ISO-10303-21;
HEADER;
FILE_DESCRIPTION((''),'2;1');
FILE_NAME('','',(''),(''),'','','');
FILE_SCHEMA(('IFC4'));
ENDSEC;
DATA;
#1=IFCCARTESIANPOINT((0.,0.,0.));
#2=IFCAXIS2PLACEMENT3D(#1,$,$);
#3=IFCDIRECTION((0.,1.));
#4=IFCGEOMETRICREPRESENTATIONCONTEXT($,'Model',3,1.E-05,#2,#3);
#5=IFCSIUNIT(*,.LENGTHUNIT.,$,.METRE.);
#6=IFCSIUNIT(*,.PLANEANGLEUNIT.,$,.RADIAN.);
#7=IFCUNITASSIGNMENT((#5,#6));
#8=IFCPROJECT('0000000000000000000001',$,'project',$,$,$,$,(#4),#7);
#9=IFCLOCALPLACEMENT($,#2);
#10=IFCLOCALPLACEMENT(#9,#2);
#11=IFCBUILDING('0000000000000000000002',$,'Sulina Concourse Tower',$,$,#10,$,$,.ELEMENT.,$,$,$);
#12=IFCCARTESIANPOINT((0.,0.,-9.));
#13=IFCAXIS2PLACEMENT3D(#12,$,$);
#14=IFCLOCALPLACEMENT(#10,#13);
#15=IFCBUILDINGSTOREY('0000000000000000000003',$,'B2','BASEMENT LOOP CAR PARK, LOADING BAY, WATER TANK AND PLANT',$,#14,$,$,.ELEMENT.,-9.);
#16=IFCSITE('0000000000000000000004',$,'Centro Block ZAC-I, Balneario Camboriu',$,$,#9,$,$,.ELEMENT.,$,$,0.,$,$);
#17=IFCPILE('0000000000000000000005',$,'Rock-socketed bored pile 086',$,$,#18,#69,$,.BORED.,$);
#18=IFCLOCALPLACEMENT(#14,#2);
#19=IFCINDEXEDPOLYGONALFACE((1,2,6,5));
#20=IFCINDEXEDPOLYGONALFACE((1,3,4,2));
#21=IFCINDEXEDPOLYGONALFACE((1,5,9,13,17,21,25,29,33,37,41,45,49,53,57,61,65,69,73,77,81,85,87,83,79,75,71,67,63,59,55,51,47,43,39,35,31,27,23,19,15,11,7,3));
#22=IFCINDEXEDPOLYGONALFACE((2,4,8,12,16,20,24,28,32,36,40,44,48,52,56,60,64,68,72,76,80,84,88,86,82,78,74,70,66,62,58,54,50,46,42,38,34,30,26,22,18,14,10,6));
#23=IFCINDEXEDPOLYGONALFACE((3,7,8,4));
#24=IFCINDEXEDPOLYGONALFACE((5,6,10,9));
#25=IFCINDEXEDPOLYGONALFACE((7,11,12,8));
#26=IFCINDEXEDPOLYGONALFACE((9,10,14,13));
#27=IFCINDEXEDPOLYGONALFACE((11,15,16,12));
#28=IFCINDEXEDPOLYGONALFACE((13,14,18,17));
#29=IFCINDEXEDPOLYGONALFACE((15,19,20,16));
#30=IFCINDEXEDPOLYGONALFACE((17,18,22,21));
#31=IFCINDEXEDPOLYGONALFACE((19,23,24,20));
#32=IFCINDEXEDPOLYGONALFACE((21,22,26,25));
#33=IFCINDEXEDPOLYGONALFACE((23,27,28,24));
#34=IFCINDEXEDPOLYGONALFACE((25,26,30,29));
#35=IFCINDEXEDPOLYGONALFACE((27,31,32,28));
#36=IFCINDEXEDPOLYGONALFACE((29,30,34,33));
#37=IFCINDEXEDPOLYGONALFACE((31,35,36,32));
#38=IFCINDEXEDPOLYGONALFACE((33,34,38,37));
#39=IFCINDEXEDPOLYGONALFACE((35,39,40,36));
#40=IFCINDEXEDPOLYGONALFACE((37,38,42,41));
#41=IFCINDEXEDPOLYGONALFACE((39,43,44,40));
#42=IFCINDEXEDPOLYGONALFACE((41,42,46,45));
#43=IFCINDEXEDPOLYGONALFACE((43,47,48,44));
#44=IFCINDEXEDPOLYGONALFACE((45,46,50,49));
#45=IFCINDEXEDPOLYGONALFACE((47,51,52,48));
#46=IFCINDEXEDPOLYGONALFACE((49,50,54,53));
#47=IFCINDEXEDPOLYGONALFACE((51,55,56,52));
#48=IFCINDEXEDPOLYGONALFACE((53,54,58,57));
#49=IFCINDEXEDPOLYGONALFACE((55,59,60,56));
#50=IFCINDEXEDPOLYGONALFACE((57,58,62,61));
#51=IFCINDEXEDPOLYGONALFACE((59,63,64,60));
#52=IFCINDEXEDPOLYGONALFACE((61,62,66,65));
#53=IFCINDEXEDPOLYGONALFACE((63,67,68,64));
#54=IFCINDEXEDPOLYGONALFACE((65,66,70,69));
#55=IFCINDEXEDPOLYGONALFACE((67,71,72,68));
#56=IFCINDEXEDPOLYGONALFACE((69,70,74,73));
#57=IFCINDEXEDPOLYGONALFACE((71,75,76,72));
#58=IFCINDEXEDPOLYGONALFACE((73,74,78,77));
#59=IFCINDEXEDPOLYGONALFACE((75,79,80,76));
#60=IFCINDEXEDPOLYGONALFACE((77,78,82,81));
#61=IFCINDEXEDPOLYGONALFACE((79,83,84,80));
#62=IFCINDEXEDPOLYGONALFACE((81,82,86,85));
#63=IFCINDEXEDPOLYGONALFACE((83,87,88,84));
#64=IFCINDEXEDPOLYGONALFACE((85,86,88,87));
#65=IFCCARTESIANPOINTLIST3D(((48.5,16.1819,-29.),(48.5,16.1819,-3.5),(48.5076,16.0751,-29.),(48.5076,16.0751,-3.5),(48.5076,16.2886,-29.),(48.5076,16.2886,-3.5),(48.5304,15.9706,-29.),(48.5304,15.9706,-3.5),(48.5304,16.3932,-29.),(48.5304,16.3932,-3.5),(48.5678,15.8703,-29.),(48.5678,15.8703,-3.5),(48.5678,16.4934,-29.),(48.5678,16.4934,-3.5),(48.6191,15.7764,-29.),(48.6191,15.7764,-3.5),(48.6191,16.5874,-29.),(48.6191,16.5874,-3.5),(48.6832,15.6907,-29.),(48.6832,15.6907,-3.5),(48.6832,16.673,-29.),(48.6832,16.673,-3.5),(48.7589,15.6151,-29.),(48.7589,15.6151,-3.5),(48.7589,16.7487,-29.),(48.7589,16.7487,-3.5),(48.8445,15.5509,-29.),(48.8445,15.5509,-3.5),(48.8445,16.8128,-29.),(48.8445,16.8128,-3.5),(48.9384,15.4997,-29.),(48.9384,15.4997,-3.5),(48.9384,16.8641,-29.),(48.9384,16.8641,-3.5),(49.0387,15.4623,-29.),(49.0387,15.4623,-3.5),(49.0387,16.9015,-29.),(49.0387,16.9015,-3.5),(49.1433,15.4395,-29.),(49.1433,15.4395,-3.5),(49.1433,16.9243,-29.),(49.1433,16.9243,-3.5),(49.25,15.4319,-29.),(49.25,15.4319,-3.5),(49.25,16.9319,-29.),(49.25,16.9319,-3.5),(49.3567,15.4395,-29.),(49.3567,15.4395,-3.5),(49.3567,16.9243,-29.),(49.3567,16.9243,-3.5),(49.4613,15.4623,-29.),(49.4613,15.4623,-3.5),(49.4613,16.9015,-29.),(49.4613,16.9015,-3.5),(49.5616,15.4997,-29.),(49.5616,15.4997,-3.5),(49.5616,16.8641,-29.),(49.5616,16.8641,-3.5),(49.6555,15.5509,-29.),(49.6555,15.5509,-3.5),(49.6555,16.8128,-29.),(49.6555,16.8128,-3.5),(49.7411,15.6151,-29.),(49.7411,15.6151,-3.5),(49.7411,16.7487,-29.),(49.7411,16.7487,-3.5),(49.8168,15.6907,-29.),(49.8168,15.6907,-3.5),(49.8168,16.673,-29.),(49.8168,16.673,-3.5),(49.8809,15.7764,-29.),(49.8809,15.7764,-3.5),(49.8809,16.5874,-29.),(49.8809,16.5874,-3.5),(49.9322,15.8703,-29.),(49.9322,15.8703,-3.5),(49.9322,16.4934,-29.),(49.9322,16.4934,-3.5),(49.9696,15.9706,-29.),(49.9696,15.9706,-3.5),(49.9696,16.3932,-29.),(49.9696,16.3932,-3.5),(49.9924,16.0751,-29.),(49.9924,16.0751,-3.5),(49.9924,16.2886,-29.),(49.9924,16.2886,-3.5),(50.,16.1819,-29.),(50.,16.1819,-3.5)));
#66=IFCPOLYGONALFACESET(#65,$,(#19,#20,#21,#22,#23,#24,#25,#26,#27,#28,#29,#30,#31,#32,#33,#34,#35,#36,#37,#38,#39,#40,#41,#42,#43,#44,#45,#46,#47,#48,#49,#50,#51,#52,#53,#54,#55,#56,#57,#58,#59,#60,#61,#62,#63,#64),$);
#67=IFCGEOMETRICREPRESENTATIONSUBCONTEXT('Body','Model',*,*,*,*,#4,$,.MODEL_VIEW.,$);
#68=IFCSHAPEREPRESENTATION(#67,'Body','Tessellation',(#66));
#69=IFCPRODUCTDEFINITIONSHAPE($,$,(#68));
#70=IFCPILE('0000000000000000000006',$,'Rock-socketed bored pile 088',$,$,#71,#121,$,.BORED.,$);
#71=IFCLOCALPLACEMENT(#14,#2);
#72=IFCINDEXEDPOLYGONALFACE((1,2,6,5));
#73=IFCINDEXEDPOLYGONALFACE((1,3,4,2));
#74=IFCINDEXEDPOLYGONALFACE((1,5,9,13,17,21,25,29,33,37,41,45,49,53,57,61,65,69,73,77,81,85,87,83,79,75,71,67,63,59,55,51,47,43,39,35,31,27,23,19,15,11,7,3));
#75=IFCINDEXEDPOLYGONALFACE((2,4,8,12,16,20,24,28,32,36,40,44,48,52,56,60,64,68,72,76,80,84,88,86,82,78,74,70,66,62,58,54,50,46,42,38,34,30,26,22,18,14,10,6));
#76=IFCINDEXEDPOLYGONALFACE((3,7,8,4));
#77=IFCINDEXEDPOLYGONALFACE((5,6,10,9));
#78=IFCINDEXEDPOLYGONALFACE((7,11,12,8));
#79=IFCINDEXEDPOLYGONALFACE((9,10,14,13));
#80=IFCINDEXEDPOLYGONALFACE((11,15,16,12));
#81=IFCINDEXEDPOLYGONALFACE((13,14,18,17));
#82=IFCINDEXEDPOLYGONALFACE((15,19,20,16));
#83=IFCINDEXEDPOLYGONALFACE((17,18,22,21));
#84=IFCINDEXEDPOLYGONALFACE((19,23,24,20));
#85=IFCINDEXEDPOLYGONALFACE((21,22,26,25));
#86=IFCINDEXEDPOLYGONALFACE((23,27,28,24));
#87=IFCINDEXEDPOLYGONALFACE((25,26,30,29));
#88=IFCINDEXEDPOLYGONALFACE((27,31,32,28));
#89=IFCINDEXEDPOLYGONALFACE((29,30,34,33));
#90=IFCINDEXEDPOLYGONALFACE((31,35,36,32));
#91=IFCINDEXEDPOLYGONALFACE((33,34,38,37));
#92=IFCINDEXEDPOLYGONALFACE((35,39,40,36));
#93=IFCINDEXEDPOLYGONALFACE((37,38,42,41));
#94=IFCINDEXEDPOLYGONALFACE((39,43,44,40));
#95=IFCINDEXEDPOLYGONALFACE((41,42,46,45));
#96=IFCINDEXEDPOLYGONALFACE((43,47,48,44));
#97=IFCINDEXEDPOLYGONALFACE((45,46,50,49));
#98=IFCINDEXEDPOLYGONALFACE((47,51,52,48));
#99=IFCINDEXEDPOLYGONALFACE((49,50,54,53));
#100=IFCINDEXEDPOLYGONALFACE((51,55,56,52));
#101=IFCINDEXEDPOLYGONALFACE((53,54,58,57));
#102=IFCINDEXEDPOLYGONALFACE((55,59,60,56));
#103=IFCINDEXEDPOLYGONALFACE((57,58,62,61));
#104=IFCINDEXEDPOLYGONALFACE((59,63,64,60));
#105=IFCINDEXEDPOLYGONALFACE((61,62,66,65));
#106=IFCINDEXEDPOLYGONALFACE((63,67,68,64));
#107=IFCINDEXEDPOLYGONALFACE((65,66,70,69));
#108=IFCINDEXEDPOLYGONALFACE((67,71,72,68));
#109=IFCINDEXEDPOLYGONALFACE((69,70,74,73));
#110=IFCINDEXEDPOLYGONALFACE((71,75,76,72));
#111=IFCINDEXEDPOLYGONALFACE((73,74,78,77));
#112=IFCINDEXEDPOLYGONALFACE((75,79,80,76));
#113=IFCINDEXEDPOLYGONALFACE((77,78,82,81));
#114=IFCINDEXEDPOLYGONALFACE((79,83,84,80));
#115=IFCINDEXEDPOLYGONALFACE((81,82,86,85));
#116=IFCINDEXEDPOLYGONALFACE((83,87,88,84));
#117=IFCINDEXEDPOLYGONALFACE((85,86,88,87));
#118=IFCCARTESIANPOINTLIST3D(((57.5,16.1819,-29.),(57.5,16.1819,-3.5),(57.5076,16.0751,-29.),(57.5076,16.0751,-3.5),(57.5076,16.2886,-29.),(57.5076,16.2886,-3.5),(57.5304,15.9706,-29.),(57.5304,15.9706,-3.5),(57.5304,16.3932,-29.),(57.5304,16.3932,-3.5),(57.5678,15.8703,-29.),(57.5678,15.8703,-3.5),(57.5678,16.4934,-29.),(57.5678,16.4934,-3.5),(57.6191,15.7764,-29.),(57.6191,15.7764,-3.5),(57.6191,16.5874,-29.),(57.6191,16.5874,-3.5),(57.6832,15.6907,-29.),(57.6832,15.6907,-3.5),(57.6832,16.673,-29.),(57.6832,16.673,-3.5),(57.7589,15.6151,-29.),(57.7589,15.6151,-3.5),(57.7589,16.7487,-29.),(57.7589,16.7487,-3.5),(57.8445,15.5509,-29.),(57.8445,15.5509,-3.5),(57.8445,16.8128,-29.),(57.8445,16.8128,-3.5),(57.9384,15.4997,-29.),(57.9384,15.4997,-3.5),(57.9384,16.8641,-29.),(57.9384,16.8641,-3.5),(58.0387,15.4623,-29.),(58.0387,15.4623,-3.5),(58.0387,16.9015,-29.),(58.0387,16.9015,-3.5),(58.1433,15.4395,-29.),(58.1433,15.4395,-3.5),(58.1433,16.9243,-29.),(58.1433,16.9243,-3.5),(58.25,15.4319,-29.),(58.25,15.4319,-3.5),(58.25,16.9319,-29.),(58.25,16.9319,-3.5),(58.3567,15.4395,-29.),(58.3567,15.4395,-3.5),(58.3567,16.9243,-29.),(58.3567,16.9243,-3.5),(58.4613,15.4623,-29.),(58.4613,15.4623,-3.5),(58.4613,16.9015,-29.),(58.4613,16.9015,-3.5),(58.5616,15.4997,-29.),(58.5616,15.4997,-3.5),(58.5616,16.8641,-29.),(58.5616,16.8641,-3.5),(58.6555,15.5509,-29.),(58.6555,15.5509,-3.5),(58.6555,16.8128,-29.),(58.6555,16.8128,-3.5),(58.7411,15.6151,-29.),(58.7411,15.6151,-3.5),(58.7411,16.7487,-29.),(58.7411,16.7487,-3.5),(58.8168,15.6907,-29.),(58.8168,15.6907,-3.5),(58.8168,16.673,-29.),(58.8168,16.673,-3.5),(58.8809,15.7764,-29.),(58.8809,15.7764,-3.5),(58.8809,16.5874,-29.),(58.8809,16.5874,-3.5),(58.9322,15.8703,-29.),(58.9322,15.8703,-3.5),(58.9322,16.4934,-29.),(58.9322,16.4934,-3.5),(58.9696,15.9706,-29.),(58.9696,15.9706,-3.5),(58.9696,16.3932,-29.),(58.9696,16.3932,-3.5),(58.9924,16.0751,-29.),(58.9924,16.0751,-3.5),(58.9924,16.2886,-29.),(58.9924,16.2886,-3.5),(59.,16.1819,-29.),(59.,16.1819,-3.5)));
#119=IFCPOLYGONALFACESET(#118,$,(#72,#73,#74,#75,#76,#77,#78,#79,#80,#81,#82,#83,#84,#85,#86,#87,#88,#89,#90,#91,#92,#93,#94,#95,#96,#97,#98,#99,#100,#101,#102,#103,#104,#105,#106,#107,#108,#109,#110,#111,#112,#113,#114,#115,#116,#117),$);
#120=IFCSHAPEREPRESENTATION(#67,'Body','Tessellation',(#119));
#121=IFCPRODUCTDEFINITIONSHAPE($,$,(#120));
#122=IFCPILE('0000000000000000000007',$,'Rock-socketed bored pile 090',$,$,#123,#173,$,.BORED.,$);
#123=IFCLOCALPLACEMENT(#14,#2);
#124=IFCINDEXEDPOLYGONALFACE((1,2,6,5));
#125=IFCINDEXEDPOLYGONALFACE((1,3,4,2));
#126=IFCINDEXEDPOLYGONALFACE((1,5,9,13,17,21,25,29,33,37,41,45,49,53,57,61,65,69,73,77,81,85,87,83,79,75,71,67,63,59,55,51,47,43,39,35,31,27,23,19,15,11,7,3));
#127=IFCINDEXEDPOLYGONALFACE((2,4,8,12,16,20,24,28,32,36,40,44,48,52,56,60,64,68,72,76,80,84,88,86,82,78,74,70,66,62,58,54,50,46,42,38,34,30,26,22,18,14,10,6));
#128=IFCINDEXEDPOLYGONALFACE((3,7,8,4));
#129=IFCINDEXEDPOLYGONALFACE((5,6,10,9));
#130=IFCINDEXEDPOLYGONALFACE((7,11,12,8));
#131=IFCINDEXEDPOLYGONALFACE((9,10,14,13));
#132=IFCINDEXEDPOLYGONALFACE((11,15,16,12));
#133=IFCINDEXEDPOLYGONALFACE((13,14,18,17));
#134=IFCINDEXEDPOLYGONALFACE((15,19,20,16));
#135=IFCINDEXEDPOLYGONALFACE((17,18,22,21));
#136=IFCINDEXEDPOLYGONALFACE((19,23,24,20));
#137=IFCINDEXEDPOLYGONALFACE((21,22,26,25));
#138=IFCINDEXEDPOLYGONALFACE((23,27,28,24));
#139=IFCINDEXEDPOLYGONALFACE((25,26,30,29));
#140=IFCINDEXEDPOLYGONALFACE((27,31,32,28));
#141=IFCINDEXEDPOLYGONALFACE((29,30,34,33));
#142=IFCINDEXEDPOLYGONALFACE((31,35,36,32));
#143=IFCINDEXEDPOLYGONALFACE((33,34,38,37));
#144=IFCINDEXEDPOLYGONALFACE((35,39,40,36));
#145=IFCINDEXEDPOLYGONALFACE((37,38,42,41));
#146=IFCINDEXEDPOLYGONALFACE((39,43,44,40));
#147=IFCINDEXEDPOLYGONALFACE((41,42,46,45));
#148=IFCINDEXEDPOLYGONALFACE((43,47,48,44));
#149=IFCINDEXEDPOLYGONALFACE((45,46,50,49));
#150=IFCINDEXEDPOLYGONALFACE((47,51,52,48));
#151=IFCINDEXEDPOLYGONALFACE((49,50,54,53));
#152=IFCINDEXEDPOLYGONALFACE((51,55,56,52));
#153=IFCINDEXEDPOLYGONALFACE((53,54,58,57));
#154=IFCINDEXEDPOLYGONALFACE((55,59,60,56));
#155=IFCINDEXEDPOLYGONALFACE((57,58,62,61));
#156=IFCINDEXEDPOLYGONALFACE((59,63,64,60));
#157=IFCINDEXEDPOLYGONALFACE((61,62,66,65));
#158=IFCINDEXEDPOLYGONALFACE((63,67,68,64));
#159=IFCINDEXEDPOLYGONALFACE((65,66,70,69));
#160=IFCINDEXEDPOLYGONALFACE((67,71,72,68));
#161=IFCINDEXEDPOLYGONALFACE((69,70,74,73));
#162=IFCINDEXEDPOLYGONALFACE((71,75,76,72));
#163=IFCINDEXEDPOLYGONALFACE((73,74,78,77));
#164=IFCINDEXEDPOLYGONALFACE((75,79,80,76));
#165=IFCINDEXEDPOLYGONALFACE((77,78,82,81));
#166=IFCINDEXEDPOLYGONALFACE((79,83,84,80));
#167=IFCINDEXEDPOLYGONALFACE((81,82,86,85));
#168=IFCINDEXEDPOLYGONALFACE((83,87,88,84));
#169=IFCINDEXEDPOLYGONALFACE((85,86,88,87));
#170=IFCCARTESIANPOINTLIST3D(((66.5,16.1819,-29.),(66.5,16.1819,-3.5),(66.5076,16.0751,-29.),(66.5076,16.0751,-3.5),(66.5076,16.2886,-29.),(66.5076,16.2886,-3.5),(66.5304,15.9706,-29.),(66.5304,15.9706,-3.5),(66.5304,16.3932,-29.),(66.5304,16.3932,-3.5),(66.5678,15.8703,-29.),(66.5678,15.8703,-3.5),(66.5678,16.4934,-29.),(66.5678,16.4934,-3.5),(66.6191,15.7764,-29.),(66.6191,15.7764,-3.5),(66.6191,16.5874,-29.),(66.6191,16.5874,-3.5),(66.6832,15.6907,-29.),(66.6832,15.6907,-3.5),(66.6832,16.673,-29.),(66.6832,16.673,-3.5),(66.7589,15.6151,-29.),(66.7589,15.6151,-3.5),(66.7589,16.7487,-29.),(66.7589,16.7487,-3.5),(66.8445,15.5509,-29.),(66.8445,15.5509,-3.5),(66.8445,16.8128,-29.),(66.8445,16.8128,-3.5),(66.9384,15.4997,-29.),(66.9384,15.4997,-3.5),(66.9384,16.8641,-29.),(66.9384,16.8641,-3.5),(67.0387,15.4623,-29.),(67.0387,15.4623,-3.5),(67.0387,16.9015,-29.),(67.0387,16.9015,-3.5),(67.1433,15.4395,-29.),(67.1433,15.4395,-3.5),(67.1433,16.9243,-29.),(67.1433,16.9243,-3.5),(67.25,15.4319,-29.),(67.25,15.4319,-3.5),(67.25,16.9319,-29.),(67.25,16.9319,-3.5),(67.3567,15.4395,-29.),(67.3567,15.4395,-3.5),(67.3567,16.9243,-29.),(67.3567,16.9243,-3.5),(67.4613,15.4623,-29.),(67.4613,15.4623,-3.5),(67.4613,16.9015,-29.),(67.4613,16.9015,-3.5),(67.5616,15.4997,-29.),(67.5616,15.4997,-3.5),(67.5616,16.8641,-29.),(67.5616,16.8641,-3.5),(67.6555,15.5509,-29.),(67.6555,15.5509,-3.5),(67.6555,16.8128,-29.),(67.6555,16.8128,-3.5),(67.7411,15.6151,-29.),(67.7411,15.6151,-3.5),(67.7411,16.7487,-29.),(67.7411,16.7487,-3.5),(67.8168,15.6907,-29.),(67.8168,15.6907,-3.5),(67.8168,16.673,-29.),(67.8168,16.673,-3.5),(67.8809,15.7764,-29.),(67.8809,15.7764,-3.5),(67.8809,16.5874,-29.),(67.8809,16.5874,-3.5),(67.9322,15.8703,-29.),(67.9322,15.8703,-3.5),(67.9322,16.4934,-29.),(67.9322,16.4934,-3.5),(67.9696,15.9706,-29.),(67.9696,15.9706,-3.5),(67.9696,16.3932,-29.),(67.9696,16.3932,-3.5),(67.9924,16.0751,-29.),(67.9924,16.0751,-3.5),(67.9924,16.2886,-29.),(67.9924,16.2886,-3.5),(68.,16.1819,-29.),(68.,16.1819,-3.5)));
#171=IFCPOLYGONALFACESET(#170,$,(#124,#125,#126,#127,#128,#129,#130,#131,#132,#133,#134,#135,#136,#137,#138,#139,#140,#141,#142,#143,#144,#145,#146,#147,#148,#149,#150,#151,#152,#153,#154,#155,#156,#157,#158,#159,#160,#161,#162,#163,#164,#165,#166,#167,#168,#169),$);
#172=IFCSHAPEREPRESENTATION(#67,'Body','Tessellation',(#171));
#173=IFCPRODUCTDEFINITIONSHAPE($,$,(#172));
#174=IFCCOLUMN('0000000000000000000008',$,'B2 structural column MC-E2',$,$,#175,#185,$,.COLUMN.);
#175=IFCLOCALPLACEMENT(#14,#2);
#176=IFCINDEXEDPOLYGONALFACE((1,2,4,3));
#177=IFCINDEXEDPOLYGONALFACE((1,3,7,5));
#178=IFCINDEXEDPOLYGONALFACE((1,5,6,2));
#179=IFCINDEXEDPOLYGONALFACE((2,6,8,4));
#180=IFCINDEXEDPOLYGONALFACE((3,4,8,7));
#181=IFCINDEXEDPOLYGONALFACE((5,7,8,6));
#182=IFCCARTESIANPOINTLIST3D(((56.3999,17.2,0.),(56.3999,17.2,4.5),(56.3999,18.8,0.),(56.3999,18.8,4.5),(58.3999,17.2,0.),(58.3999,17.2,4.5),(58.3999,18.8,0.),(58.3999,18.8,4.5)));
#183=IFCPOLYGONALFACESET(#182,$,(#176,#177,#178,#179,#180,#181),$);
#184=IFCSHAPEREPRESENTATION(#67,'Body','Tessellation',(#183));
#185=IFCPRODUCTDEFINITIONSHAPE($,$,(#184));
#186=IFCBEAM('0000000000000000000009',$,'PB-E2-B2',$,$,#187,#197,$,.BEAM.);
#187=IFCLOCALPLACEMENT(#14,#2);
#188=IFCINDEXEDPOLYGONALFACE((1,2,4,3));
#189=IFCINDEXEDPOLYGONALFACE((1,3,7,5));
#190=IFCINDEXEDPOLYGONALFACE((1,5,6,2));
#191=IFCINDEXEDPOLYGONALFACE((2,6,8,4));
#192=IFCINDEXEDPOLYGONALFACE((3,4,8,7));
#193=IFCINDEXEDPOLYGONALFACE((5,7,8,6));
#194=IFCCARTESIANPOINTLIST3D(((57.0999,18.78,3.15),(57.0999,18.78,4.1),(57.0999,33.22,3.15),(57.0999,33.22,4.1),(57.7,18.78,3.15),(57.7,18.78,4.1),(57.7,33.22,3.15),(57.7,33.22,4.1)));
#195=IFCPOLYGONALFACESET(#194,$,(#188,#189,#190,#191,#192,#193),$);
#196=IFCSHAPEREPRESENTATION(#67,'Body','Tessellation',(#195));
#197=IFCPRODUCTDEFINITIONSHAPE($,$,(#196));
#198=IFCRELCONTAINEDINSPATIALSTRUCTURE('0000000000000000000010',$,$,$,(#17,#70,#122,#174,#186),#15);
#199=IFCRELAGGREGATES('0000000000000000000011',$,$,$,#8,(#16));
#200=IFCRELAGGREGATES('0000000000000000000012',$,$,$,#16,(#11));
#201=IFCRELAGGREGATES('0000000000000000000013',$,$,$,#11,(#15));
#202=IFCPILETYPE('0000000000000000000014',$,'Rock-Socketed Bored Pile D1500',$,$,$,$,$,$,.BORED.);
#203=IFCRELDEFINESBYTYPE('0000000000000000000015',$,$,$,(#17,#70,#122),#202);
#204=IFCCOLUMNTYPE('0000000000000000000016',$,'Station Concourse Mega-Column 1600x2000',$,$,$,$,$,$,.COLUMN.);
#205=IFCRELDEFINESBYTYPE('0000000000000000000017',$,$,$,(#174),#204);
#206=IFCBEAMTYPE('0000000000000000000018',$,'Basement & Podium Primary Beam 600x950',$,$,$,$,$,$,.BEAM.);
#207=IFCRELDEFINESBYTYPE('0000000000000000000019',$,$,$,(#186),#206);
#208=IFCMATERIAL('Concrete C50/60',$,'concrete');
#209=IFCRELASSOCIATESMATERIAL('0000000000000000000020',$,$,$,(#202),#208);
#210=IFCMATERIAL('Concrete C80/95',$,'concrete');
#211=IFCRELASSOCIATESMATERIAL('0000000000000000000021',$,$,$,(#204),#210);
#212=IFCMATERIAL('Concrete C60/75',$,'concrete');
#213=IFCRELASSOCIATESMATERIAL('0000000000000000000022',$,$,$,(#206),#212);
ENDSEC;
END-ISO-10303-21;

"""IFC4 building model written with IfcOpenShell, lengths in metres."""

from ifc_helpers import new_model, si_unit, direction, frame, origin, origin_2d, place, context, subcontext, project, spatial, rectangle, circle, extrude, material, material_profile, profile_set, type_object, element, save


model = new_model("IFC4")

# Units and contexts
model_context = context("Model", 3, precision=1e-05, world=origin(), true_north=direction((0.0, 1.0)))
body_context = subcontext(model_context, "Body", "Model", "MODEL_VIEW")
ifc_project = project(units=[si_unit("LENGTHUNIT", "METRE"), si_unit("PLANEANGLEUNIT", "RADIAN")], contexts=[model_context])

# Site, building, storey
site_placement = place(None, origin())
site = spatial("IfcSite", under=ifc_project, at=site_placement, Name="Centro Block ZAC-I, Balneario Camboriu", CompositionType="ELEMENT", RefElevation=0.0)
building_placement = place(site_placement, origin())
building = spatial("IfcBuilding", under=site, at=building_placement, Name="Sulina Concourse Tower", CompositionType="ELEMENT")
storey_placement = place(building_placement, frame((0.0, 0.0, -9.0)))
storey = spatial("IfcBuildingStorey", under=building, at=storey_placement, Name="B2", Description="BASEMENT LOOP CAR PARK, LOADING BAY, WATER TANK AND PLANT", CompositionType="ELEMENT", Elevation=-9.0)

# Piles
ifc_material_1 = material(Name="Concrete C50/60", Category="concrete")
ifc_material_profile_1 = material_profile(ifc_material_1, circle(Radius=0.75, at=origin_2d()), Name="PILE D1500")
ifc_profile_set_1 = profile_set([ifc_material_profile_1], Name="Concrete C50/60")
pile_type_1 = type_object("IfcPileType", Name="Rock-Socketed Bored Pile D1500", PredefinedType="BORED", material=ifc_profile_set_1)
for number, where, z_axis, x_axis, name in (
    (1, (49.25, 16.1819, -3.5), (0.0, 0.0, -1.0), (1.0, 0.0, 0.0), "Rock-socketed bored pile 086"),
    (2, (58.25, 16.1819, -3.5), (0.0, 0.0, -1.0), (1.0, 0.0, 0.0), "Rock-socketed bored pile 088"),
    (3, (67.25, 16.1819, -3.5), (0.0, 0.0, -1.0), (1.0, 0.0, 0.0), "Rock-socketed bored pile 090"),
):
    element("IfcPile", number, at=place(storey_placement, frame(where, z_axis=z_axis, x_axis=x_axis)), inside=storey, type_object=pile_type_1, Name=name, PredefinedType="BORED", context=body_context, shape_type="SweptSolid", body=[
        extrude(circle(Radius=0.75, at=origin_2d()), origin(), (0.0, 0.0, 1.0), 25.5),
    ])

# Column
ifc_material_2 = material(Name="Concrete C80/95", Category="concrete")
ifc_material_profile_2 = material_profile(ifc_material_2, rectangle(XDim=1.6001, YDim=2.0, at=origin_2d()), Name="RC 1600x2000")
ifc_profile_set_2 = profile_set([ifc_material_profile_2], Name="Concrete C80/95")
column_type = type_object("IfcColumnType", Name="Station Concourse Mega-Column 1600x2000", PredefinedType="COLUMN", material=ifc_profile_set_2)
column_placement = place(storey_placement, frame((57.3999, 18.0, 0.0), z_axis=(0.0, 0.0, 1.0), x_axis=(0.0, 1.0, 0.0)))
element("IfcColumn", 4, at=column_placement, inside=storey, type_object=column_type, Name="B2 structural column MC-E2", PredefinedType="COLUMN", context=body_context, shape_type="SweptSolid", body=[
    extrude(rectangle(XDim=1.6001, YDim=2.0, at=origin_2d()), origin(), (0.0, 0.0, 1.0), 4.5),
])

# Beam
ifc_material_3 = material(Name="Concrete C60/75", Category="concrete")
ifc_material_profile_3 = material_profile(ifc_material_3, rectangle(XDim=0.6001, YDim=0.95, at=origin_2d()), Name="RC 600x950")
ifc_profile_set_3 = profile_set([ifc_material_profile_3], Name="Concrete C60/75")
beam_type = type_object("IfcBeamType", Name="Basement & Podium Primary Beam 600x950", PredefinedType="BEAM", material=ifc_profile_set_3)
beam_placement = place(storey_placement, frame((57.3999, 18.78, 3.625), z_axis=(0.0, 1.0, 0.0), x_axis=(-1.0, 0.0, 0.0)))
element("IfcBeam", 5, at=beam_placement, inside=storey, type_object=beam_type, Name="PB-E2-B2", PredefinedType="BEAM", context=body_context, shape_type="SweptSolid", body=[
    extrude(rectangle(XDim=0.6001, YDim=0.95, at=origin_2d()), origin(), (0.0, 0.0, 1.0), 14.4399),
])

save(model, "model.ifc")
